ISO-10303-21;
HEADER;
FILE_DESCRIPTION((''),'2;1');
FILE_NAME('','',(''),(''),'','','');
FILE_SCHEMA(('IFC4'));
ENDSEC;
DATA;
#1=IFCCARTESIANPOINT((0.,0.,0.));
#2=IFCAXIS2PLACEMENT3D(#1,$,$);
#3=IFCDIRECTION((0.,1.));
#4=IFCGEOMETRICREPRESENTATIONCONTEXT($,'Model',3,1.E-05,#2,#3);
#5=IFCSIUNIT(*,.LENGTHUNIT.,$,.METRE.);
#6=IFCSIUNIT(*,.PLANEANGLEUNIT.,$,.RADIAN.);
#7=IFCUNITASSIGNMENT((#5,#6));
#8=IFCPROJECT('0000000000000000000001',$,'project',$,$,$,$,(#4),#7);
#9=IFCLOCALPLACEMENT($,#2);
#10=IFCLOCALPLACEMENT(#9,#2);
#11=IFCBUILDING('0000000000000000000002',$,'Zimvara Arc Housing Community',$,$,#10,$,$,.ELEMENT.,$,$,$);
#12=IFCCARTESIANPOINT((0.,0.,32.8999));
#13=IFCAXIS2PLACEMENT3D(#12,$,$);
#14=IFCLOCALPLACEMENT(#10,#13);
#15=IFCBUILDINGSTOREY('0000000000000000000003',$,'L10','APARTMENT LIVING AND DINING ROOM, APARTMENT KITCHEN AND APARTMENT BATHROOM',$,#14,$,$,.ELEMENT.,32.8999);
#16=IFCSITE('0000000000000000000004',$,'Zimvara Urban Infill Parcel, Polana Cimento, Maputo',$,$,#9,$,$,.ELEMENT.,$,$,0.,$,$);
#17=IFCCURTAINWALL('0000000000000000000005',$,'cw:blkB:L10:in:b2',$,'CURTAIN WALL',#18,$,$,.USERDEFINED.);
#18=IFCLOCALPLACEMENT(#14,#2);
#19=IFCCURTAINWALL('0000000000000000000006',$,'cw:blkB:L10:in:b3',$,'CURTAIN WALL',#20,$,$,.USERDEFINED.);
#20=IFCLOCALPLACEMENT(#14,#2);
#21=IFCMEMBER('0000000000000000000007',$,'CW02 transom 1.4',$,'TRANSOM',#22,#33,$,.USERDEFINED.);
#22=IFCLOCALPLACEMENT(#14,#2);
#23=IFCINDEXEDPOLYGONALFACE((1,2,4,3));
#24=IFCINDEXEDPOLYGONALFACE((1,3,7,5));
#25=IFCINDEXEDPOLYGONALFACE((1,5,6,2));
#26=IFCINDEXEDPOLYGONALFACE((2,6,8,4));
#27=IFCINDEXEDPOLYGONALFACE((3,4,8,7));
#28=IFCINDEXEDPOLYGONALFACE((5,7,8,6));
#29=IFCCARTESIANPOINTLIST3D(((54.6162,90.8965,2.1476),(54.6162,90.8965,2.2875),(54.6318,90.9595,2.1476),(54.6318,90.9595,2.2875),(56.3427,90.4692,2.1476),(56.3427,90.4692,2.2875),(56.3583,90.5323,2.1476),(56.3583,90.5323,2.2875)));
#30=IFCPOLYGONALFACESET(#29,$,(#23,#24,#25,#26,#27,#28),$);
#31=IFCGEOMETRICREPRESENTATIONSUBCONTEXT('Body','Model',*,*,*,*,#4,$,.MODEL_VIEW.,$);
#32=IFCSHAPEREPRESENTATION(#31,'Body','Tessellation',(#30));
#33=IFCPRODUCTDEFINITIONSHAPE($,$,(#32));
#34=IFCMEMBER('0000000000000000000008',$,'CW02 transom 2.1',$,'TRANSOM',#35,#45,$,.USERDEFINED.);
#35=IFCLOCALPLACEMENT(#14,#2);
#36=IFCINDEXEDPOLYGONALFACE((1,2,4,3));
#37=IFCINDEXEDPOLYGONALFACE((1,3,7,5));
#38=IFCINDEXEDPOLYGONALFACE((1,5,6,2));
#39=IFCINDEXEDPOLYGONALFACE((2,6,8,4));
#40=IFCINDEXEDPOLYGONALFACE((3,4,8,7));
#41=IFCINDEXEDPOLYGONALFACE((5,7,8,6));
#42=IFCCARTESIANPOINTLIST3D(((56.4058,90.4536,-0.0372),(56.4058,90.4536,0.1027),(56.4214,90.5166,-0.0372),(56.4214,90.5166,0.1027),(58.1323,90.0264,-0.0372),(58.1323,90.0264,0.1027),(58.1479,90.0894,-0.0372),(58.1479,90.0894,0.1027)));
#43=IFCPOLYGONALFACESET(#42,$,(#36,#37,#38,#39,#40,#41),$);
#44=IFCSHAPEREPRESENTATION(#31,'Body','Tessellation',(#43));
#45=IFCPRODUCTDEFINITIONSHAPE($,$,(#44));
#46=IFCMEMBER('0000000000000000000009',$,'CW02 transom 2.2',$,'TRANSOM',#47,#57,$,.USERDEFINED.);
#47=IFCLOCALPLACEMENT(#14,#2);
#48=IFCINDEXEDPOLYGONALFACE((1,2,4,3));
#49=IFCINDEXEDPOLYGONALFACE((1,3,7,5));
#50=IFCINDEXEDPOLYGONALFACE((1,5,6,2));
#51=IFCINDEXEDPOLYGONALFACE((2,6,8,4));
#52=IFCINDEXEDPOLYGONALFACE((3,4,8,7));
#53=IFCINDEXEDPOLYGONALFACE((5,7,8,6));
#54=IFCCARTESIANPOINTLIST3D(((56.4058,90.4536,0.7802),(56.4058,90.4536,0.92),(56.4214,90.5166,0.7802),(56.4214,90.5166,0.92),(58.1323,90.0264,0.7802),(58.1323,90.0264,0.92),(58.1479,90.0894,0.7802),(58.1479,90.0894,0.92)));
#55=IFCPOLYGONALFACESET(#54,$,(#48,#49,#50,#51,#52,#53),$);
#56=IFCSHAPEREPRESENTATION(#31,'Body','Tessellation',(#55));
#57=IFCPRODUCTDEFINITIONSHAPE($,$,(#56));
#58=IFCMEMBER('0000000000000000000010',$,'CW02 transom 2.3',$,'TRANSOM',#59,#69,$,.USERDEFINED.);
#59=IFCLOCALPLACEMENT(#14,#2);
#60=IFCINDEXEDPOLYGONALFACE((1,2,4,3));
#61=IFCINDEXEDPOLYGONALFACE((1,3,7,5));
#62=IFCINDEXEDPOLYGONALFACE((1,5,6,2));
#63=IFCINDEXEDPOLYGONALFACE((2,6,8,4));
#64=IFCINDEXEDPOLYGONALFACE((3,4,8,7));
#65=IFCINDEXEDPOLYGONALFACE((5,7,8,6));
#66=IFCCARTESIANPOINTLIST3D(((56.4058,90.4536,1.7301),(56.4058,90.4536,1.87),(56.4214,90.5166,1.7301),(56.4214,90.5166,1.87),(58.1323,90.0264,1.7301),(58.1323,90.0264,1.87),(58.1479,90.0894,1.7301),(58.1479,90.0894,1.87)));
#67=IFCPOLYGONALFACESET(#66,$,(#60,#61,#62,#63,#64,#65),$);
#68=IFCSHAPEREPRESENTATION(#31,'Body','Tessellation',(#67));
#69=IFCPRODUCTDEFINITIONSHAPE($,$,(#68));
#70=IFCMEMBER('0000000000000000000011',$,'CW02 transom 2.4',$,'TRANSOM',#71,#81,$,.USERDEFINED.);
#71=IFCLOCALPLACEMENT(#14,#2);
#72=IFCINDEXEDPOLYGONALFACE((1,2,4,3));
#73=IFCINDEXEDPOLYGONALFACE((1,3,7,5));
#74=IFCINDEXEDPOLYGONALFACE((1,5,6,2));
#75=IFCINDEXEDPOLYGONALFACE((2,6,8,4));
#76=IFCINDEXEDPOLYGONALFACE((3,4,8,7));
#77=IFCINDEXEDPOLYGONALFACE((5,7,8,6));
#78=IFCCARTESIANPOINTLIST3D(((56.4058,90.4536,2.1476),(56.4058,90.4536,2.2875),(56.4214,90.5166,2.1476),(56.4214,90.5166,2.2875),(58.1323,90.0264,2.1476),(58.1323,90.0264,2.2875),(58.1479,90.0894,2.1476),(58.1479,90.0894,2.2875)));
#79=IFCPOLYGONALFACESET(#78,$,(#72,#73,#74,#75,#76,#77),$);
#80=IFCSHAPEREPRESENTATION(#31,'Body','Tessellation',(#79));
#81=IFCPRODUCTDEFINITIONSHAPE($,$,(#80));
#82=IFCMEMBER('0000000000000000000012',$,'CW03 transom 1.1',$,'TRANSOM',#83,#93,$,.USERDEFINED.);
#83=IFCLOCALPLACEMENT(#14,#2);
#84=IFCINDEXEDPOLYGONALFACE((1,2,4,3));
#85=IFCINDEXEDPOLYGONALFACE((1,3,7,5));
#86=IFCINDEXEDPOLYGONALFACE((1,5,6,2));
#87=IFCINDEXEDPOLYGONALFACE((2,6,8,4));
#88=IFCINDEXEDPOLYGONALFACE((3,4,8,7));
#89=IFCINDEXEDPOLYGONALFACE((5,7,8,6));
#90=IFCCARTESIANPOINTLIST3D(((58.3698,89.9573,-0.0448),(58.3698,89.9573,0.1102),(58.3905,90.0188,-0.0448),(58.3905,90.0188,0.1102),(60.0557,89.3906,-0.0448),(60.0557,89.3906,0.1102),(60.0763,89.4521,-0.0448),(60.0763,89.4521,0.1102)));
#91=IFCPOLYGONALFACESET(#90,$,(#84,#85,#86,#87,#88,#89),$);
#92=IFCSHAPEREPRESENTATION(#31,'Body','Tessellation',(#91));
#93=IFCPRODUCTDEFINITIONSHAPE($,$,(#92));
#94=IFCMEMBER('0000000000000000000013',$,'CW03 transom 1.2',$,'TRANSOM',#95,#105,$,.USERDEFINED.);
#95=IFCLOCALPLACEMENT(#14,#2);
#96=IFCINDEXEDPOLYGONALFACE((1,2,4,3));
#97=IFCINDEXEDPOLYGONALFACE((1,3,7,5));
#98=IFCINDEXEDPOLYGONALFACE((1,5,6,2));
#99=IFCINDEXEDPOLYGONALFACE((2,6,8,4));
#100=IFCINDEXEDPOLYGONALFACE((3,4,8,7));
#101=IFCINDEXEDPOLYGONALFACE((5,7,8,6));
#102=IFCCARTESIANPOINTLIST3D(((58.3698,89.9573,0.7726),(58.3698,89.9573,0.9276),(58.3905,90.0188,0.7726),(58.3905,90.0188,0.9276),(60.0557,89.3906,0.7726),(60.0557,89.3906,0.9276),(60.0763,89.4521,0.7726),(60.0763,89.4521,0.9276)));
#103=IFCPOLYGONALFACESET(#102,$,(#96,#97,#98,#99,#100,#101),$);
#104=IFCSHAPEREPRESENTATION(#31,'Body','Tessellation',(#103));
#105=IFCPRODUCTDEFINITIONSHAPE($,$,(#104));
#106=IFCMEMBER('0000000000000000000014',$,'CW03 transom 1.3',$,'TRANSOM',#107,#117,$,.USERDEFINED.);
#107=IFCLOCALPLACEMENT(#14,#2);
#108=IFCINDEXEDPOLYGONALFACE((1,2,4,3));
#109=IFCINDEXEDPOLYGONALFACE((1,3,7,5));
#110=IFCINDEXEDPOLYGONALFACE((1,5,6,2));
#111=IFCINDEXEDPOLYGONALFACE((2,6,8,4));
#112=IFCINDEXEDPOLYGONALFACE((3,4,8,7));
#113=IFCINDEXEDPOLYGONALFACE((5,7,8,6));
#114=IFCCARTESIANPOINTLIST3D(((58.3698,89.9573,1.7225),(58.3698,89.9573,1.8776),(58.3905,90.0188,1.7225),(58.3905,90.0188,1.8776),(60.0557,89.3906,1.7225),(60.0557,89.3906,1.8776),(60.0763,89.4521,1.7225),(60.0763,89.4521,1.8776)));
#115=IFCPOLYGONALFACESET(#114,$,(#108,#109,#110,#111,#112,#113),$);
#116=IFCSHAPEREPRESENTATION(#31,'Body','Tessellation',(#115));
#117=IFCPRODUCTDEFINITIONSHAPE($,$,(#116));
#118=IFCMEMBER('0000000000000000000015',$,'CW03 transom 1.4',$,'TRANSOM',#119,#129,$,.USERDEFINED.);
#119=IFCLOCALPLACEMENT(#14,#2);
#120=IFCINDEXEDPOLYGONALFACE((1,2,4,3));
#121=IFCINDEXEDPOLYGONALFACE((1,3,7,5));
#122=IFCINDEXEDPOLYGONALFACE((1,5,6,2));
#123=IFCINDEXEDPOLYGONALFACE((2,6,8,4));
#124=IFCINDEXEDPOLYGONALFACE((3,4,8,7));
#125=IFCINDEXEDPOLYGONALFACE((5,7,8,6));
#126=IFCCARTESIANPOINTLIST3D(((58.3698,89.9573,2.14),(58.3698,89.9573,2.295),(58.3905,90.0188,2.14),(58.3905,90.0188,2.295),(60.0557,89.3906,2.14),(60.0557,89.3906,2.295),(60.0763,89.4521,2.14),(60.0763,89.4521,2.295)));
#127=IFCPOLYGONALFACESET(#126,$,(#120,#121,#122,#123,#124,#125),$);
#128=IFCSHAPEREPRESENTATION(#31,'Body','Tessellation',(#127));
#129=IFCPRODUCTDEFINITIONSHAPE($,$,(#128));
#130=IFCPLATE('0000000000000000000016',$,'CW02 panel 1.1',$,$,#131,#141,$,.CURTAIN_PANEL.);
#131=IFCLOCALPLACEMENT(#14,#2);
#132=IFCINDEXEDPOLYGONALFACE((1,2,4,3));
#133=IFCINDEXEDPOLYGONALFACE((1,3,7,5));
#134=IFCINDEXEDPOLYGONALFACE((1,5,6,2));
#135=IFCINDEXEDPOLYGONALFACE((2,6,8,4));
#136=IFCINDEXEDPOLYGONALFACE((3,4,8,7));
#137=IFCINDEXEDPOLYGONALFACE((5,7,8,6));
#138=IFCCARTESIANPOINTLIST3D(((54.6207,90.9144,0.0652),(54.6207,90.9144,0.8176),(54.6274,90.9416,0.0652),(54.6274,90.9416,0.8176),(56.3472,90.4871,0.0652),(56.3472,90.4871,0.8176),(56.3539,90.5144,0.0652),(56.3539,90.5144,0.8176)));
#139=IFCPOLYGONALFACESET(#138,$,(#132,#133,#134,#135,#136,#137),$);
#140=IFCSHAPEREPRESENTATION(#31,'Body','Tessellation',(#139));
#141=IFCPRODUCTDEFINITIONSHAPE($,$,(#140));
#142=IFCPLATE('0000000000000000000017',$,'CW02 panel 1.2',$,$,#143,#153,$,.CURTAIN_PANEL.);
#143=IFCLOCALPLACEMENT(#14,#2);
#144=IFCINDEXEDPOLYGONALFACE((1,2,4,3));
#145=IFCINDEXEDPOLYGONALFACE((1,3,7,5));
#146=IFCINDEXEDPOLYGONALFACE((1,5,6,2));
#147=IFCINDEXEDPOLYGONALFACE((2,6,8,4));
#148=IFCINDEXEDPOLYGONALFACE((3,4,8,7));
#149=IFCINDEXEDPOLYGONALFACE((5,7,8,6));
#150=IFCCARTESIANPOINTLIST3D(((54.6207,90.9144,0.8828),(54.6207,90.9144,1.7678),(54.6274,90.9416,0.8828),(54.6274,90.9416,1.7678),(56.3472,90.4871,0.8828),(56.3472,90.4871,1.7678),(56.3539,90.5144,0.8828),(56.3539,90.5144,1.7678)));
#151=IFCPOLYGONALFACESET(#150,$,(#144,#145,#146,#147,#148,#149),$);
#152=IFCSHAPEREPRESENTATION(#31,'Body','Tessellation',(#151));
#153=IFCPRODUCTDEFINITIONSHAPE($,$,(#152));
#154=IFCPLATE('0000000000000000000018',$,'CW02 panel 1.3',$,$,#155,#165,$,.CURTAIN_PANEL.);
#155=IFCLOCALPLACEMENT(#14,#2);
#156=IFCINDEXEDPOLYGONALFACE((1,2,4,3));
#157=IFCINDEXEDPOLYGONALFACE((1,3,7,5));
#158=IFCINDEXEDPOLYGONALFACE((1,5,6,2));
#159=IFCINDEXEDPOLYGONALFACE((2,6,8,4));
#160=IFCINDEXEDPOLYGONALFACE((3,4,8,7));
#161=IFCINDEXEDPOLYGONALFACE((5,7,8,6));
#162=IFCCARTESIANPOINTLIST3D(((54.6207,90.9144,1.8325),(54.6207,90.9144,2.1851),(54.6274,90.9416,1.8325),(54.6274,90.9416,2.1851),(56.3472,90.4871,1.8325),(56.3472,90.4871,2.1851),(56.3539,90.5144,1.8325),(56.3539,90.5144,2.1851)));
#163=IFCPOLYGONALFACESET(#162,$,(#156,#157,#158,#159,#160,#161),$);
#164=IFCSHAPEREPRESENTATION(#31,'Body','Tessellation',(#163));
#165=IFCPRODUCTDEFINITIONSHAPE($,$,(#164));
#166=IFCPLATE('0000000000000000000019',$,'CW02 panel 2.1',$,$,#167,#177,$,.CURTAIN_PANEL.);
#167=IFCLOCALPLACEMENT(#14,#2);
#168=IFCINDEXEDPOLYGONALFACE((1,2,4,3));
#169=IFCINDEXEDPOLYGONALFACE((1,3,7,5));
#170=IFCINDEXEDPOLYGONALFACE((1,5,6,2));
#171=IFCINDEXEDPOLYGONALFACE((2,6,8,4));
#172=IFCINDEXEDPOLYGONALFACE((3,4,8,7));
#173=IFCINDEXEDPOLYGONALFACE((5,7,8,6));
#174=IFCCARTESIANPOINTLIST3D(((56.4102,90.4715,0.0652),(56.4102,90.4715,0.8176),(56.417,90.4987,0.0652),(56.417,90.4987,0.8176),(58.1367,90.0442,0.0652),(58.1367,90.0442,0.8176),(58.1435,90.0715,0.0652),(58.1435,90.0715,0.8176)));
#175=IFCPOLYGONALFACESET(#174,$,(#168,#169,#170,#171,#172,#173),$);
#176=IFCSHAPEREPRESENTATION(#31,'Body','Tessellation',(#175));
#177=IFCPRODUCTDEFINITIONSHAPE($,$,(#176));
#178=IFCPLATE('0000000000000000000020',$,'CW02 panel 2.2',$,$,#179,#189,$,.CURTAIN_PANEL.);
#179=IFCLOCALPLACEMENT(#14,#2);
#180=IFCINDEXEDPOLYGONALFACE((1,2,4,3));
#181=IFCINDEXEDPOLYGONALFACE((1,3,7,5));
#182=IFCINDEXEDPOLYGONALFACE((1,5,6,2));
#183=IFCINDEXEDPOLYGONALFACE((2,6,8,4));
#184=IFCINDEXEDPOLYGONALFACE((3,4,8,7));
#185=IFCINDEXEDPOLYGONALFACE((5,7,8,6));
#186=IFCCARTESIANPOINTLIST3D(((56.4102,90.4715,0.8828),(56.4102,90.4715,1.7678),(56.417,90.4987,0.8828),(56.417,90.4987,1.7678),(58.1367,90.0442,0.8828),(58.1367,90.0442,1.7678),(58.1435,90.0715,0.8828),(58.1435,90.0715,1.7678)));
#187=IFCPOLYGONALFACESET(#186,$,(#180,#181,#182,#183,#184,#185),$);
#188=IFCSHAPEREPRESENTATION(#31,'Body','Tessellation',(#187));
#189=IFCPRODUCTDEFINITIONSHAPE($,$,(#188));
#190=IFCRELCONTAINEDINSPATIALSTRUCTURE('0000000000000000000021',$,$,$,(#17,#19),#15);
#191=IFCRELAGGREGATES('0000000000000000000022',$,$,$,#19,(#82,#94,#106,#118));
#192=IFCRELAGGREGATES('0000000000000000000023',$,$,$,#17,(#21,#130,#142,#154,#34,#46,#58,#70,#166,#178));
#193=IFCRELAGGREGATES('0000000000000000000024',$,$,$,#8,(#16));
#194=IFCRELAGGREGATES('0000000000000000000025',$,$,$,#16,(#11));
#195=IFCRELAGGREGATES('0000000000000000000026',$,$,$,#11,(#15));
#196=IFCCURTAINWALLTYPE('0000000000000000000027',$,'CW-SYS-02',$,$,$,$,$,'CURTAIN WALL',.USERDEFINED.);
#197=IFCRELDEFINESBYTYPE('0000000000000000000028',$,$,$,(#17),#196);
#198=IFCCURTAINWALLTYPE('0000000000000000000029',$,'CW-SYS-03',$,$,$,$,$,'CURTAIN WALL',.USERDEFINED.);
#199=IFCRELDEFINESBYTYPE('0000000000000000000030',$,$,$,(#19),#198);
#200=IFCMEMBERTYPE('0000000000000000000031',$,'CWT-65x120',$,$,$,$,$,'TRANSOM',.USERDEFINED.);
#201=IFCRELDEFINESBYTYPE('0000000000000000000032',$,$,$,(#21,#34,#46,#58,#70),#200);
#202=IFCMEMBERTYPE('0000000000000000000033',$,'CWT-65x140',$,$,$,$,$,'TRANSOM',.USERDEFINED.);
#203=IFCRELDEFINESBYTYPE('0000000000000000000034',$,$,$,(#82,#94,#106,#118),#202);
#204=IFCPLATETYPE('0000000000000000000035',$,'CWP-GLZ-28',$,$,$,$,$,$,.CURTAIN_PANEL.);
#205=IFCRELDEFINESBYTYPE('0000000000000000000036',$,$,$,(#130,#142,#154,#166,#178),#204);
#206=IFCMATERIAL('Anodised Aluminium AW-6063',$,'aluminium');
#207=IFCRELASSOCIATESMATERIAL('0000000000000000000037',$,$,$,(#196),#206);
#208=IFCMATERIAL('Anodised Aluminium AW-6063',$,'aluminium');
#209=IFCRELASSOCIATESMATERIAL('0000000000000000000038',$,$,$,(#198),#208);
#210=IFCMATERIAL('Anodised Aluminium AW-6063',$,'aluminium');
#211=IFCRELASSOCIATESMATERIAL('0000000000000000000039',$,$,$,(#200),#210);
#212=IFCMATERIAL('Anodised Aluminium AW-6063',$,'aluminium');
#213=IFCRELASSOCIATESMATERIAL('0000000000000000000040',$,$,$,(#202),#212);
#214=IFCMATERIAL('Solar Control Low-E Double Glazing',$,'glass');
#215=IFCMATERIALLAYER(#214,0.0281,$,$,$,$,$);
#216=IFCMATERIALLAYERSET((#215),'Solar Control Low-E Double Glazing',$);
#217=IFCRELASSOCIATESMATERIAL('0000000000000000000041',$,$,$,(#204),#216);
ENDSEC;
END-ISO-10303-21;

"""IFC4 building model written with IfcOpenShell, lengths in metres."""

from ifc_helpers import new_model, si_unit, direction, frame, origin, origin_2d, place, context, subcontext, project, spatial, rectangle, extrude, material, layer, layer_set, material_profile, profile_set, type_object, element, aggregate, save


model = new_model("IFC4")

# Units and contexts
model_context = context("Model", 3, precision=1e-05, world=origin(), true_north=direction((0.0, 1.0)))
body_context = subcontext(model_context, "Body", "Model", "MODEL_VIEW")
ifc_project = project(units=[si_unit("LENGTHUNIT", "METRE"), si_unit("PLANEANGLEUNIT", "RADIAN")], contexts=[model_context])

# Site, building, storey
site_placement = place(None, origin())
site = spatial("IfcSite", under=ifc_project, at=site_placement, Name="Zimvara Urban Infill Parcel, Polana Cimento, Maputo", CompositionType="ELEMENT", RefElevation=0.0)
building_placement = place(site_placement, origin())
building = spatial("IfcBuilding", under=site, at=building_placement, Name="Zimvara Arc Housing Community", CompositionType="ELEMENT")
storey_placement = place(building_placement, frame((0.0, 0.0, 32.8999)))
storey = spatial("IfcBuildingStorey", under=building, at=storey_placement, Name="L10", Description="APARTMENT LIVING AND DINING ROOM, APARTMENT KITCHEN AND APARTMENT BATHROOM", CompositionType="ELEMENT", Elevation=32.8999)

# Curtain wall
ifc_material_1 = material(Name="Anodised Aluminium AW-6063", Category="aluminium")
curtain_wall_type_1 = type_object("IfcCurtainWallType", Name="CW-SYS-02", ElementType="CURTAIN WALL", PredefinedType="USERDEFINED", material=ifc_material_1)
curtain_wall_1_placement = place(storey_placement, origin())
curtain_wall_1 = element("IfcCurtainWall", 1, at=curtain_wall_1_placement, inside=storey, type_object=curtain_wall_type_1, Name="cw:blkB:L10:in:b2", ObjectType="CURTAIN WALL", PredefinedType="USERDEFINED")

# Curtain wall
ifc_material_2 = material(Name="Anodised Aluminium AW-6063", Category="aluminium")
curtain_wall_type_2 = type_object("IfcCurtainWallType", Name="CW-SYS-03", ElementType="CURTAIN WALL", PredefinedType="USERDEFINED", material=ifc_material_2)
curtain_wall_2_placement = place(storey_placement, origin())
curtain_wall_2 = element("IfcCurtainWall", 2, at=curtain_wall_2_placement, inside=storey, type_object=curtain_wall_type_2, Name="cw:blkB:L10:in:b3", ObjectType="CURTAIN WALL", PredefinedType="USERDEFINED")

# Members
ifc_material_3 = material(Name="Anodised Aluminium AW-6063", Category="aluminium")
ifc_material_profile_1 = material_profile(ifc_material_3, rectangle(XDim=0.0649, YDim=0.1399, at=origin_2d()), Name="ALU 65x140")
ifc_profile_set_1 = profile_set([ifc_material_profile_1], Name="Anodised Aluminium AW-6063")
member_type_1 = type_object("IfcMemberType", Name="CWT-65x120", ElementType="TRANSOM", PredefinedType="USERDEFINED", material=ifc_profile_set_1)
member_1_placement = place(storey_placement, frame((54.624, 90.928, 2.2175), z_axis=(0.970721, -0.24021, 0.0), x_axis=(0.24021, 0.970721, 0.0)))
member_1 = element("IfcMember", 3, at=member_1_placement, type_object=member_type_1, Name="CW02 transom 1.4", ObjectType="TRANSOM", PredefinedType="USERDEFINED", context=body_context, shape_type="SweptSolid", body=[
    extrude(rectangle(XDim=0.0649, YDim=0.1399, at=origin_2d()), origin(), (0.0, 0.0, 1.0), 1.7786),
])
member_2_placement = place(storey_placement, frame((56.4136, 90.4851, 0.0327), z_axis=(0.970721, -0.24021, 0.0), x_axis=(0.24021, 0.970721, 0.0)))
member_2 = element("IfcMember", 4, at=member_2_placement, type_object=member_type_1, Name="CW02 transom 2.1", ObjectType="TRANSOM", PredefinedType="USERDEFINED", context=body_context, shape_type="SweptSolid", body=[
    extrude(rectangle(XDim=0.0649, YDim=0.1399, at=origin_2d()), origin(), (0.0, 0.0, 1.0), 1.7786),
])
member_3_placement = place(storey_placement, frame((56.4136, 90.4851, 0.8501), z_axis=(0.970721, -0.24021, 0.0), x_axis=(0.24021, 0.970721, 0.0)))
member_3 = element("IfcMember", 5, at=member_3_placement, type_object=member_type_1, Name="CW02 transom 2.2", ObjectType="TRANSOM", PredefinedType="USERDEFINED", context=body_context, shape_type="SweptSolid", body=[
    extrude(rectangle(XDim=0.0649, YDim=0.1399, at=origin_2d()), origin(), (0.0, 0.0, 1.0), 1.7786),
])
member_4_placement = place(storey_placement, frame((56.4136, 90.4851, 1.8), z_axis=(0.970721, -0.24021, 0.0), x_axis=(0.24021, 0.970721, 0.0)))
member_4 = element("IfcMember", 6, at=member_4_placement, type_object=member_type_1, Name="CW02 transom 2.3", ObjectType="TRANSOM", PredefinedType="USERDEFINED", context=body_context, shape_type="SweptSolid", body=[
    extrude(rectangle(XDim=0.0649, YDim=0.1399, at=origin_2d()), origin(), (0.0, 0.0, 1.0), 1.7786),
])
member_5_placement = place(storey_placement, frame((56.4136, 90.4851, 2.2175), z_axis=(0.970721, -0.24021, 0.0), x_axis=(0.24021, 0.970721, 0.0)))
member_5 = element("IfcMember", 7, at=member_5_placement, type_object=member_type_1, Name="CW02 transom 2.4", ObjectType="TRANSOM", PredefinedType="USERDEFINED", context=body_context, shape_type="SweptSolid", body=[
    extrude(rectangle(XDim=0.0649, YDim=0.1399, at=origin_2d()), origin(), (0.0, 0.0, 1.0), 1.7786),
])
ifc_material_4 = material(Name="Anodised Aluminium AW-6063", Category="aluminium")
ifc_material_profile_2 = material_profile(ifc_material_4, rectangle(XDim=0.0649, YDim=0.155, at=origin_2d()), Name="ALU 65x155")
ifc_profile_set_2 = profile_set([ifc_material_profile_2], Name="Anodised Aluminium AW-6063")
member_type_2 = type_object("IfcMemberType", Name="CWT-65x140", ElementType="TRANSOM", PredefinedType="USERDEFINED", material=ifc_profile_set_2)
member_6_placement = place(storey_placement, frame((58.3801, 89.988, 0.0327), z_axis=(0.947884, -0.318615, 0.0), x_axis=(0.318615, 0.947884, 0.0)))
member_6 = element("IfcMember", 8, at=member_6_placement, type_object=member_type_2, Name="CW03 transom 1.1", ObjectType="TRANSOM", PredefinedType="USERDEFINED", context=body_context, shape_type="SweptSolid", body=[
    extrude(rectangle(XDim=0.0649, YDim=0.155, at=origin_2d()), origin(), (0.0, 0.0, 1.0), 1.7786),
])
member_7_placement = place(storey_placement, frame((58.3801, 89.988, 0.8501), z_axis=(0.947884, -0.318615, 0.0), x_axis=(0.318615, 0.947884, 0.0)))
member_7 = element("IfcMember", 9, at=member_7_placement, type_object=member_type_2, Name="CW03 transom 1.2", ObjectType="TRANSOM", PredefinedType="USERDEFINED", context=body_context, shape_type="SweptSolid", body=[
    extrude(rectangle(XDim=0.0649, YDim=0.155, at=origin_2d()), origin(), (0.0, 0.0, 1.0), 1.7786),
])
member_8_placement = place(storey_placement, frame((58.3801, 89.988, 1.8), z_axis=(0.947884, -0.318615, 0.0), x_axis=(0.318615, 0.947884, 0.0)))
member_8 = element("IfcMember", 10, at=member_8_placement, type_object=member_type_2, Name="CW03 transom 1.3", ObjectType="TRANSOM", PredefinedType="USERDEFINED", context=body_context, shape_type="SweptSolid", body=[
    extrude(rectangle(XDim=0.0649, YDim=0.155, at=origin_2d()), origin(), (0.0, 0.0, 1.0), 1.7786),
])
member_9_placement = place(storey_placement, frame((58.3801, 89.988, 2.2175), z_axis=(0.947884, -0.318615, 0.0), x_axis=(0.318615, 0.947884, 0.0)))
member_9 = element("IfcMember", 11, at=member_9_placement, type_object=member_type_2, Name="CW03 transom 1.4", ObjectType="TRANSOM", PredefinedType="USERDEFINED", context=body_context, shape_type="SweptSolid", body=[
    extrude(rectangle(XDim=0.0649, YDim=0.155, at=origin_2d()), origin(), (0.0, 0.0, 1.0), 1.7786),
])
aggregate(curtain_wall_2, [member_6, member_7, member_8, member_9])

# Plates
ifc_material_5 = material(Name="Solar Control Low-E Double Glazing", Category="glass")
ifc_layer_1 = layer(ifc_material_5, 0.0281)
ifc_layer_set_1 = layer_set([ifc_layer_1], Name="Solar Control Low-E Double Glazing")
plate_type = type_object("IfcPlateType", Name="CWP-GLZ-28", PredefinedType="CURTAIN_PANEL", material=ifc_layer_set_1)
plate_1_placement = place(storey_placement, frame((55.4873, 90.7144, 0.0652), z_axis=(0.0, 0.0, 1.0), x_axis=(0.970716, -0.240229, 0.0)))
plate_1 = element("IfcPlate", 12, at=plate_1_placement, type_object=plate_type, Name="CW02 panel 1.1", PredefinedType="CURTAIN_PANEL", context=body_context, shape_type="SweptSolid", body=[
    extrude(rectangle(XDim=1.7786, YDim=0.0281, at=origin_2d()), origin(), (0.0, 0.0, 1.0), 0.7524),
])
plate_2_placement = place(storey_placement, frame((55.4873, 90.7144, 0.8828), z_axis=(0.0, 0.0, 1.0), x_axis=(0.970716, -0.240229, 0.0)))
plate_2 = element("IfcPlate", 13, at=plate_2_placement, type_object=plate_type, Name="CW02 panel 1.2", PredefinedType="CURTAIN_PANEL", context=body_context, shape_type="SweptSolid", body=[
    extrude(rectangle(XDim=1.7786, YDim=0.0281, at=origin_2d()), origin(), (0.0, 0.0, 1.0), 0.885),
])
plate_3_placement = place(storey_placement, frame((55.4873, 90.7144, 1.8325), z_axis=(0.0, 0.0, 1.0), x_axis=(0.970716, -0.240229, 0.0)))
plate_3 = element("IfcPlate", 14, at=plate_3_placement, type_object=plate_type, Name="CW02 panel 1.3", PredefinedType="CURTAIN_PANEL", context=body_context, shape_type="SweptSolid", body=[
    extrude(rectangle(XDim=1.7786, YDim=0.0281, at=origin_2d()), origin(), (0.0, 0.0, 1.0), 0.3525),
])
plate_4_placement = place(storey_placement, frame((57.2769, 90.2715, 0.0652), z_axis=(0.0, 0.0, 1.0), x_axis=(0.970716, -0.240229, 0.0)))
plate_4 = element("IfcPlate", 15, at=plate_4_placement, type_object=plate_type, Name="CW02 panel 2.1", PredefinedType="CURTAIN_PANEL", context=body_context, shape_type="SweptSolid", body=[
    extrude(rectangle(XDim=1.7786, YDim=0.0281, at=origin_2d()), origin(), (0.0, 0.0, 1.0), 0.7524),
])
plate_5_placement = place(storey_placement, frame((57.2769, 90.2715, 0.8828), z_axis=(0.0, 0.0, 1.0), x_axis=(0.970716, -0.240229, 0.0)))
plate_5 = element("IfcPlate", 16, at=plate_5_placement, type_object=plate_type, Name="CW02 panel 2.2", PredefinedType="CURTAIN_PANEL", context=body_context, shape_type="SweptSolid", body=[
    extrude(rectangle(XDim=1.7786, YDim=0.0281, at=origin_2d()), origin(), (0.0, 0.0, 1.0), 0.885),
])
aggregate(curtain_wall_1, [member_1, plate_1, plate_2, plate_3, member_2, member_3, member_4, member_5, plate_4, plate_5])

save(model, "model.ifc")
